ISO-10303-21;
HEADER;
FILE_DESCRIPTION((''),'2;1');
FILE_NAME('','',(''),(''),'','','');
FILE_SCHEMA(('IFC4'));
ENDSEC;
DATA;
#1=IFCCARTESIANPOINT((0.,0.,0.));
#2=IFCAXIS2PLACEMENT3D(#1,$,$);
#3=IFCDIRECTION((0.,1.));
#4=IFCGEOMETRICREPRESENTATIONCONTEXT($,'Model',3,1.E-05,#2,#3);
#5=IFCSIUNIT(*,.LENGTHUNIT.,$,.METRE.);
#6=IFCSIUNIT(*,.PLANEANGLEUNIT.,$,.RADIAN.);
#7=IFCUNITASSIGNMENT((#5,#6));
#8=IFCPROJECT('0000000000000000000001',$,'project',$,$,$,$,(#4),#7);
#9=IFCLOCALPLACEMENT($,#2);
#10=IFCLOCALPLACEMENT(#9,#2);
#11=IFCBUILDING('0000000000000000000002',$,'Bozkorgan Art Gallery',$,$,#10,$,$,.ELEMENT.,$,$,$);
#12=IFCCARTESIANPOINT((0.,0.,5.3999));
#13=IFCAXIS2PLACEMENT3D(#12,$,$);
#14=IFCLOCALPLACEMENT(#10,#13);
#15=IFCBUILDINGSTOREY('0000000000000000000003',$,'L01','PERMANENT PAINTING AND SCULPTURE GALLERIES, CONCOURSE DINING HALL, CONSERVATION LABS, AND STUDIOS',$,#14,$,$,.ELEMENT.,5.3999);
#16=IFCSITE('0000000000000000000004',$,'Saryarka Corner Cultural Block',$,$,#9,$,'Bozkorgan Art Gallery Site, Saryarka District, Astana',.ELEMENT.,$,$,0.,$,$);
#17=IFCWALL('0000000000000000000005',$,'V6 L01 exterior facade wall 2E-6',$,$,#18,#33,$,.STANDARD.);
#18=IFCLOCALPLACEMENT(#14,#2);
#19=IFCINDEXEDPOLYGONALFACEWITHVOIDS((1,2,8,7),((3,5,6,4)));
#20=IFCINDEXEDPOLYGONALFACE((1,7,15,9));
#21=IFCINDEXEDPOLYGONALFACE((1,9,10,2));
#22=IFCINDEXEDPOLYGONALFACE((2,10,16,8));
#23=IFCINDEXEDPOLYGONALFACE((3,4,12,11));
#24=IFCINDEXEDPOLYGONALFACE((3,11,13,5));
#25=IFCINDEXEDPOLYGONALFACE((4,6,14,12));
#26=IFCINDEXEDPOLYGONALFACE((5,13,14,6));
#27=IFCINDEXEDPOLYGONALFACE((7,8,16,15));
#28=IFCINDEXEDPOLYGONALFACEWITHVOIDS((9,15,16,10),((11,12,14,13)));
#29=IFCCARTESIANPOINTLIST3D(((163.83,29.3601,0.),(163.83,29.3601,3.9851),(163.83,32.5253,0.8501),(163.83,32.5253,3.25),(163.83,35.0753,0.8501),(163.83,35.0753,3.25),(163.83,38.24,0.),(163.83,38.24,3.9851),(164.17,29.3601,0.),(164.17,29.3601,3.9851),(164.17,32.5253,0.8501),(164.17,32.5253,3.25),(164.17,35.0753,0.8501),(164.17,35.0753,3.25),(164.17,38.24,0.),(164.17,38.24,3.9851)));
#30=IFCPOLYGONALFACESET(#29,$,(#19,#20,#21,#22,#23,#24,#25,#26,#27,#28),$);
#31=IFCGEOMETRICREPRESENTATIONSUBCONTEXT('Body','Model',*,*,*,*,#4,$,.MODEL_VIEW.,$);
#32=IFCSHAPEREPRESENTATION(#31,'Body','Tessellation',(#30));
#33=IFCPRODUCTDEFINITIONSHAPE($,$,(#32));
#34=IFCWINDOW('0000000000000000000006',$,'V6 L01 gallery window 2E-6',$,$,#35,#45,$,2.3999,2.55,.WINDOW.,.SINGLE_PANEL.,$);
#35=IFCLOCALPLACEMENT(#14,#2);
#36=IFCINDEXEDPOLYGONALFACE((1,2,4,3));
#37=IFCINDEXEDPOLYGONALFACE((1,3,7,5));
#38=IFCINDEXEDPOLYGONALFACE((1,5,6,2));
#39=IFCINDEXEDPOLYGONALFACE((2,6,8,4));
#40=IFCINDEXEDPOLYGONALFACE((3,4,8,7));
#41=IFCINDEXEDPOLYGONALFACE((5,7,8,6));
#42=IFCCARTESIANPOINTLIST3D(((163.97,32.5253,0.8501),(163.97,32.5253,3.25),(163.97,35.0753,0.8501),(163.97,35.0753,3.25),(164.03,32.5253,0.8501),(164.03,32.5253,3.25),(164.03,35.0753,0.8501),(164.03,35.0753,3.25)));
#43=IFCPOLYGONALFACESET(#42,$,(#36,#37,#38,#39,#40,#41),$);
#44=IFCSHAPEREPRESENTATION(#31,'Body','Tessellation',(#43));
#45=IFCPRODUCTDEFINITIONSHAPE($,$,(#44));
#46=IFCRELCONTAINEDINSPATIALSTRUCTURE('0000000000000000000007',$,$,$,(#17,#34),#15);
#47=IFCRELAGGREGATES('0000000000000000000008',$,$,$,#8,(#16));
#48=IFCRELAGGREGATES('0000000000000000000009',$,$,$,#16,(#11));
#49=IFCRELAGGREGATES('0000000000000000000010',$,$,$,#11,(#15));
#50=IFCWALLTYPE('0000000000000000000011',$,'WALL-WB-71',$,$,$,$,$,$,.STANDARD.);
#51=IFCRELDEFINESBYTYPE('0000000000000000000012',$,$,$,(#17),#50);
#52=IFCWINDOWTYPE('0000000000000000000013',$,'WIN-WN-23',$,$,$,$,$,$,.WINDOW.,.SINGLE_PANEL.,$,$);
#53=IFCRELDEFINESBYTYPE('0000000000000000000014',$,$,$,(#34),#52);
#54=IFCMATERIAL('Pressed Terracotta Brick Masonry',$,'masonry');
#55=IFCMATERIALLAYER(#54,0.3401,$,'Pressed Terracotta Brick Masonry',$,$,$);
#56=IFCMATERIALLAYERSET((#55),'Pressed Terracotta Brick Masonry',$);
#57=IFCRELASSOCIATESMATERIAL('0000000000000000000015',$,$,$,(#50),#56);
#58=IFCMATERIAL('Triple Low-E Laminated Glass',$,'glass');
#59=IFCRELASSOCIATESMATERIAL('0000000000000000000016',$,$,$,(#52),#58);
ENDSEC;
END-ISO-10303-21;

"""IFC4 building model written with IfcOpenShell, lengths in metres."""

from ifc_helpers import new_model, si_unit, direction, frame, frame_2d, origin, place, context, subcontext, project, spatial, rectangle, extrude, material, layer, layer_set, type_object, element, fill, save


model = new_model("IFC4")

# Units and contexts
model_context = context("Model", 3, precision=1e-05, world=origin(), true_north=direction((0.0, 1.0)))
body_context = subcontext(model_context, "Body", "Model", "MODEL_VIEW")
ifc_project = project(units=[si_unit("LENGTHUNIT", "METRE"), si_unit("PLANEANGLEUNIT", "RADIAN")], contexts=[model_context])

# Site, building, storey
site_placement = place(None, origin())
site = spatial("IfcSite", under=ifc_project, at=site_placement, Name="Saryarka Corner Cultural Block", LongName="Bozkorgan Art Gallery Site, Saryarka District, Astana", CompositionType="ELEMENT", RefElevation=0.0)
building_placement = place(site_placement, origin())
building = spatial("IfcBuilding", under=site, at=building_placement, Name="Bozkorgan Art Gallery", CompositionType="ELEMENT")
storey_placement = place(building_placement, frame((0.0, 0.0, 5.3999)))
storey = spatial("IfcBuildingStorey", under=building, at=storey_placement, Name="L01", Description="PERMANENT PAINTING AND SCULPTURE GALLERIES, CONCOURSE DINING HALL, CONSERVATION LABS, AND STUDIOS", CompositionType="ELEMENT", Elevation=5.3999)

# Wall, opening, window
ifc_material_1 = material(Name="Pressed Terracotta Brick Masonry", Category="masonry")
ifc_layer_1 = layer(ifc_material_1, 0.3401, Name="Pressed Terracotta Brick Masonry")
ifc_layer_set_1 = layer_set([ifc_layer_1], Name="Pressed Terracotta Brick Masonry")
wall_type_1 = type_object("IfcWallType", Name="WALL-WB-71", PredefinedType="STANDARD", material=ifc_layer_set_1)
ifc_material_2 = material(Name="Triple Low-E Laminated Glass", Category="glass")
wall_1_placement = place(storey_placement, frame((164.0, 29.3601, 0.0), z_axis=(0.0, 0.0, 1.0), x_axis=(0.0, 1.0, 0.0)))
wall_1 = element("IfcWall", 1, at=wall_1_placement, inside=storey, type_object=wall_type_1, Name="V6 L01 exterior facade wall 2E-6", PredefinedType="STANDARD", context=body_context, shape_type="SweptSolid", body=[
    extrude(rectangle(XDim=8.8799, YDim=0.3401, at=frame_2d((4.4399, 0.0))), origin(), (0.0, 0.0, 1.0), 3.9851),
])
opening_1_placement = place(wall_1_placement, frame((5.7151, 0.0, 0.8501), z_axis=(0.0, 0.0, 1.0), x_axis=(-1.0, 0.0, 0.0)))
opening_1 = element("IfcOpeningElement", 2, at=opening_1_placement, cuts=wall_1, PredefinedType="OPENING", context=body_context, shape_type="SweptSolid", body=[
    extrude(rectangle(XDim=2.55, YDim=2.3999, at=frame_2d((1.2749, 1.2))), frame((0.0, 0.1802, 0.0), z_axis=(0.0, -1.0, 0.0), x_axis=(1.0, 0.0, 0.0)), (0.0, 0.0, 1.0), 0.3601),
])
window_type_1 = type_object("IfcWindowType", Name="WIN-WN-23", PartitioningType="SINGLE_PANEL", PredefinedType="WINDOW", material=ifc_material_2)
window_1_placement = place(opening_1_placement, origin())
window_1 = element("IfcWindow", 3, at=window_1_placement, inside=storey, type_object=window_type_1, Name="V6 L01 gallery window 2E-6", OverallHeight=2.3999, OverallWidth=2.55, PartitioningType="SINGLE_PANEL", PredefinedType="WINDOW", context=body_context, shape_type="SweptSolid", body=[
    extrude(rectangle(XDim=2.55, YDim=2.3999, at=frame_2d((1.2749, 1.2))), frame((0.0, 0.03, 0.0), z_axis=(0.0, -1.0, 0.0), x_axis=(1.0, 0.0, 0.0)), (0.0, 0.0, 1.0), 0.0601),
])
fill(opening_1, window_1)

save(model, "model.ifc")
